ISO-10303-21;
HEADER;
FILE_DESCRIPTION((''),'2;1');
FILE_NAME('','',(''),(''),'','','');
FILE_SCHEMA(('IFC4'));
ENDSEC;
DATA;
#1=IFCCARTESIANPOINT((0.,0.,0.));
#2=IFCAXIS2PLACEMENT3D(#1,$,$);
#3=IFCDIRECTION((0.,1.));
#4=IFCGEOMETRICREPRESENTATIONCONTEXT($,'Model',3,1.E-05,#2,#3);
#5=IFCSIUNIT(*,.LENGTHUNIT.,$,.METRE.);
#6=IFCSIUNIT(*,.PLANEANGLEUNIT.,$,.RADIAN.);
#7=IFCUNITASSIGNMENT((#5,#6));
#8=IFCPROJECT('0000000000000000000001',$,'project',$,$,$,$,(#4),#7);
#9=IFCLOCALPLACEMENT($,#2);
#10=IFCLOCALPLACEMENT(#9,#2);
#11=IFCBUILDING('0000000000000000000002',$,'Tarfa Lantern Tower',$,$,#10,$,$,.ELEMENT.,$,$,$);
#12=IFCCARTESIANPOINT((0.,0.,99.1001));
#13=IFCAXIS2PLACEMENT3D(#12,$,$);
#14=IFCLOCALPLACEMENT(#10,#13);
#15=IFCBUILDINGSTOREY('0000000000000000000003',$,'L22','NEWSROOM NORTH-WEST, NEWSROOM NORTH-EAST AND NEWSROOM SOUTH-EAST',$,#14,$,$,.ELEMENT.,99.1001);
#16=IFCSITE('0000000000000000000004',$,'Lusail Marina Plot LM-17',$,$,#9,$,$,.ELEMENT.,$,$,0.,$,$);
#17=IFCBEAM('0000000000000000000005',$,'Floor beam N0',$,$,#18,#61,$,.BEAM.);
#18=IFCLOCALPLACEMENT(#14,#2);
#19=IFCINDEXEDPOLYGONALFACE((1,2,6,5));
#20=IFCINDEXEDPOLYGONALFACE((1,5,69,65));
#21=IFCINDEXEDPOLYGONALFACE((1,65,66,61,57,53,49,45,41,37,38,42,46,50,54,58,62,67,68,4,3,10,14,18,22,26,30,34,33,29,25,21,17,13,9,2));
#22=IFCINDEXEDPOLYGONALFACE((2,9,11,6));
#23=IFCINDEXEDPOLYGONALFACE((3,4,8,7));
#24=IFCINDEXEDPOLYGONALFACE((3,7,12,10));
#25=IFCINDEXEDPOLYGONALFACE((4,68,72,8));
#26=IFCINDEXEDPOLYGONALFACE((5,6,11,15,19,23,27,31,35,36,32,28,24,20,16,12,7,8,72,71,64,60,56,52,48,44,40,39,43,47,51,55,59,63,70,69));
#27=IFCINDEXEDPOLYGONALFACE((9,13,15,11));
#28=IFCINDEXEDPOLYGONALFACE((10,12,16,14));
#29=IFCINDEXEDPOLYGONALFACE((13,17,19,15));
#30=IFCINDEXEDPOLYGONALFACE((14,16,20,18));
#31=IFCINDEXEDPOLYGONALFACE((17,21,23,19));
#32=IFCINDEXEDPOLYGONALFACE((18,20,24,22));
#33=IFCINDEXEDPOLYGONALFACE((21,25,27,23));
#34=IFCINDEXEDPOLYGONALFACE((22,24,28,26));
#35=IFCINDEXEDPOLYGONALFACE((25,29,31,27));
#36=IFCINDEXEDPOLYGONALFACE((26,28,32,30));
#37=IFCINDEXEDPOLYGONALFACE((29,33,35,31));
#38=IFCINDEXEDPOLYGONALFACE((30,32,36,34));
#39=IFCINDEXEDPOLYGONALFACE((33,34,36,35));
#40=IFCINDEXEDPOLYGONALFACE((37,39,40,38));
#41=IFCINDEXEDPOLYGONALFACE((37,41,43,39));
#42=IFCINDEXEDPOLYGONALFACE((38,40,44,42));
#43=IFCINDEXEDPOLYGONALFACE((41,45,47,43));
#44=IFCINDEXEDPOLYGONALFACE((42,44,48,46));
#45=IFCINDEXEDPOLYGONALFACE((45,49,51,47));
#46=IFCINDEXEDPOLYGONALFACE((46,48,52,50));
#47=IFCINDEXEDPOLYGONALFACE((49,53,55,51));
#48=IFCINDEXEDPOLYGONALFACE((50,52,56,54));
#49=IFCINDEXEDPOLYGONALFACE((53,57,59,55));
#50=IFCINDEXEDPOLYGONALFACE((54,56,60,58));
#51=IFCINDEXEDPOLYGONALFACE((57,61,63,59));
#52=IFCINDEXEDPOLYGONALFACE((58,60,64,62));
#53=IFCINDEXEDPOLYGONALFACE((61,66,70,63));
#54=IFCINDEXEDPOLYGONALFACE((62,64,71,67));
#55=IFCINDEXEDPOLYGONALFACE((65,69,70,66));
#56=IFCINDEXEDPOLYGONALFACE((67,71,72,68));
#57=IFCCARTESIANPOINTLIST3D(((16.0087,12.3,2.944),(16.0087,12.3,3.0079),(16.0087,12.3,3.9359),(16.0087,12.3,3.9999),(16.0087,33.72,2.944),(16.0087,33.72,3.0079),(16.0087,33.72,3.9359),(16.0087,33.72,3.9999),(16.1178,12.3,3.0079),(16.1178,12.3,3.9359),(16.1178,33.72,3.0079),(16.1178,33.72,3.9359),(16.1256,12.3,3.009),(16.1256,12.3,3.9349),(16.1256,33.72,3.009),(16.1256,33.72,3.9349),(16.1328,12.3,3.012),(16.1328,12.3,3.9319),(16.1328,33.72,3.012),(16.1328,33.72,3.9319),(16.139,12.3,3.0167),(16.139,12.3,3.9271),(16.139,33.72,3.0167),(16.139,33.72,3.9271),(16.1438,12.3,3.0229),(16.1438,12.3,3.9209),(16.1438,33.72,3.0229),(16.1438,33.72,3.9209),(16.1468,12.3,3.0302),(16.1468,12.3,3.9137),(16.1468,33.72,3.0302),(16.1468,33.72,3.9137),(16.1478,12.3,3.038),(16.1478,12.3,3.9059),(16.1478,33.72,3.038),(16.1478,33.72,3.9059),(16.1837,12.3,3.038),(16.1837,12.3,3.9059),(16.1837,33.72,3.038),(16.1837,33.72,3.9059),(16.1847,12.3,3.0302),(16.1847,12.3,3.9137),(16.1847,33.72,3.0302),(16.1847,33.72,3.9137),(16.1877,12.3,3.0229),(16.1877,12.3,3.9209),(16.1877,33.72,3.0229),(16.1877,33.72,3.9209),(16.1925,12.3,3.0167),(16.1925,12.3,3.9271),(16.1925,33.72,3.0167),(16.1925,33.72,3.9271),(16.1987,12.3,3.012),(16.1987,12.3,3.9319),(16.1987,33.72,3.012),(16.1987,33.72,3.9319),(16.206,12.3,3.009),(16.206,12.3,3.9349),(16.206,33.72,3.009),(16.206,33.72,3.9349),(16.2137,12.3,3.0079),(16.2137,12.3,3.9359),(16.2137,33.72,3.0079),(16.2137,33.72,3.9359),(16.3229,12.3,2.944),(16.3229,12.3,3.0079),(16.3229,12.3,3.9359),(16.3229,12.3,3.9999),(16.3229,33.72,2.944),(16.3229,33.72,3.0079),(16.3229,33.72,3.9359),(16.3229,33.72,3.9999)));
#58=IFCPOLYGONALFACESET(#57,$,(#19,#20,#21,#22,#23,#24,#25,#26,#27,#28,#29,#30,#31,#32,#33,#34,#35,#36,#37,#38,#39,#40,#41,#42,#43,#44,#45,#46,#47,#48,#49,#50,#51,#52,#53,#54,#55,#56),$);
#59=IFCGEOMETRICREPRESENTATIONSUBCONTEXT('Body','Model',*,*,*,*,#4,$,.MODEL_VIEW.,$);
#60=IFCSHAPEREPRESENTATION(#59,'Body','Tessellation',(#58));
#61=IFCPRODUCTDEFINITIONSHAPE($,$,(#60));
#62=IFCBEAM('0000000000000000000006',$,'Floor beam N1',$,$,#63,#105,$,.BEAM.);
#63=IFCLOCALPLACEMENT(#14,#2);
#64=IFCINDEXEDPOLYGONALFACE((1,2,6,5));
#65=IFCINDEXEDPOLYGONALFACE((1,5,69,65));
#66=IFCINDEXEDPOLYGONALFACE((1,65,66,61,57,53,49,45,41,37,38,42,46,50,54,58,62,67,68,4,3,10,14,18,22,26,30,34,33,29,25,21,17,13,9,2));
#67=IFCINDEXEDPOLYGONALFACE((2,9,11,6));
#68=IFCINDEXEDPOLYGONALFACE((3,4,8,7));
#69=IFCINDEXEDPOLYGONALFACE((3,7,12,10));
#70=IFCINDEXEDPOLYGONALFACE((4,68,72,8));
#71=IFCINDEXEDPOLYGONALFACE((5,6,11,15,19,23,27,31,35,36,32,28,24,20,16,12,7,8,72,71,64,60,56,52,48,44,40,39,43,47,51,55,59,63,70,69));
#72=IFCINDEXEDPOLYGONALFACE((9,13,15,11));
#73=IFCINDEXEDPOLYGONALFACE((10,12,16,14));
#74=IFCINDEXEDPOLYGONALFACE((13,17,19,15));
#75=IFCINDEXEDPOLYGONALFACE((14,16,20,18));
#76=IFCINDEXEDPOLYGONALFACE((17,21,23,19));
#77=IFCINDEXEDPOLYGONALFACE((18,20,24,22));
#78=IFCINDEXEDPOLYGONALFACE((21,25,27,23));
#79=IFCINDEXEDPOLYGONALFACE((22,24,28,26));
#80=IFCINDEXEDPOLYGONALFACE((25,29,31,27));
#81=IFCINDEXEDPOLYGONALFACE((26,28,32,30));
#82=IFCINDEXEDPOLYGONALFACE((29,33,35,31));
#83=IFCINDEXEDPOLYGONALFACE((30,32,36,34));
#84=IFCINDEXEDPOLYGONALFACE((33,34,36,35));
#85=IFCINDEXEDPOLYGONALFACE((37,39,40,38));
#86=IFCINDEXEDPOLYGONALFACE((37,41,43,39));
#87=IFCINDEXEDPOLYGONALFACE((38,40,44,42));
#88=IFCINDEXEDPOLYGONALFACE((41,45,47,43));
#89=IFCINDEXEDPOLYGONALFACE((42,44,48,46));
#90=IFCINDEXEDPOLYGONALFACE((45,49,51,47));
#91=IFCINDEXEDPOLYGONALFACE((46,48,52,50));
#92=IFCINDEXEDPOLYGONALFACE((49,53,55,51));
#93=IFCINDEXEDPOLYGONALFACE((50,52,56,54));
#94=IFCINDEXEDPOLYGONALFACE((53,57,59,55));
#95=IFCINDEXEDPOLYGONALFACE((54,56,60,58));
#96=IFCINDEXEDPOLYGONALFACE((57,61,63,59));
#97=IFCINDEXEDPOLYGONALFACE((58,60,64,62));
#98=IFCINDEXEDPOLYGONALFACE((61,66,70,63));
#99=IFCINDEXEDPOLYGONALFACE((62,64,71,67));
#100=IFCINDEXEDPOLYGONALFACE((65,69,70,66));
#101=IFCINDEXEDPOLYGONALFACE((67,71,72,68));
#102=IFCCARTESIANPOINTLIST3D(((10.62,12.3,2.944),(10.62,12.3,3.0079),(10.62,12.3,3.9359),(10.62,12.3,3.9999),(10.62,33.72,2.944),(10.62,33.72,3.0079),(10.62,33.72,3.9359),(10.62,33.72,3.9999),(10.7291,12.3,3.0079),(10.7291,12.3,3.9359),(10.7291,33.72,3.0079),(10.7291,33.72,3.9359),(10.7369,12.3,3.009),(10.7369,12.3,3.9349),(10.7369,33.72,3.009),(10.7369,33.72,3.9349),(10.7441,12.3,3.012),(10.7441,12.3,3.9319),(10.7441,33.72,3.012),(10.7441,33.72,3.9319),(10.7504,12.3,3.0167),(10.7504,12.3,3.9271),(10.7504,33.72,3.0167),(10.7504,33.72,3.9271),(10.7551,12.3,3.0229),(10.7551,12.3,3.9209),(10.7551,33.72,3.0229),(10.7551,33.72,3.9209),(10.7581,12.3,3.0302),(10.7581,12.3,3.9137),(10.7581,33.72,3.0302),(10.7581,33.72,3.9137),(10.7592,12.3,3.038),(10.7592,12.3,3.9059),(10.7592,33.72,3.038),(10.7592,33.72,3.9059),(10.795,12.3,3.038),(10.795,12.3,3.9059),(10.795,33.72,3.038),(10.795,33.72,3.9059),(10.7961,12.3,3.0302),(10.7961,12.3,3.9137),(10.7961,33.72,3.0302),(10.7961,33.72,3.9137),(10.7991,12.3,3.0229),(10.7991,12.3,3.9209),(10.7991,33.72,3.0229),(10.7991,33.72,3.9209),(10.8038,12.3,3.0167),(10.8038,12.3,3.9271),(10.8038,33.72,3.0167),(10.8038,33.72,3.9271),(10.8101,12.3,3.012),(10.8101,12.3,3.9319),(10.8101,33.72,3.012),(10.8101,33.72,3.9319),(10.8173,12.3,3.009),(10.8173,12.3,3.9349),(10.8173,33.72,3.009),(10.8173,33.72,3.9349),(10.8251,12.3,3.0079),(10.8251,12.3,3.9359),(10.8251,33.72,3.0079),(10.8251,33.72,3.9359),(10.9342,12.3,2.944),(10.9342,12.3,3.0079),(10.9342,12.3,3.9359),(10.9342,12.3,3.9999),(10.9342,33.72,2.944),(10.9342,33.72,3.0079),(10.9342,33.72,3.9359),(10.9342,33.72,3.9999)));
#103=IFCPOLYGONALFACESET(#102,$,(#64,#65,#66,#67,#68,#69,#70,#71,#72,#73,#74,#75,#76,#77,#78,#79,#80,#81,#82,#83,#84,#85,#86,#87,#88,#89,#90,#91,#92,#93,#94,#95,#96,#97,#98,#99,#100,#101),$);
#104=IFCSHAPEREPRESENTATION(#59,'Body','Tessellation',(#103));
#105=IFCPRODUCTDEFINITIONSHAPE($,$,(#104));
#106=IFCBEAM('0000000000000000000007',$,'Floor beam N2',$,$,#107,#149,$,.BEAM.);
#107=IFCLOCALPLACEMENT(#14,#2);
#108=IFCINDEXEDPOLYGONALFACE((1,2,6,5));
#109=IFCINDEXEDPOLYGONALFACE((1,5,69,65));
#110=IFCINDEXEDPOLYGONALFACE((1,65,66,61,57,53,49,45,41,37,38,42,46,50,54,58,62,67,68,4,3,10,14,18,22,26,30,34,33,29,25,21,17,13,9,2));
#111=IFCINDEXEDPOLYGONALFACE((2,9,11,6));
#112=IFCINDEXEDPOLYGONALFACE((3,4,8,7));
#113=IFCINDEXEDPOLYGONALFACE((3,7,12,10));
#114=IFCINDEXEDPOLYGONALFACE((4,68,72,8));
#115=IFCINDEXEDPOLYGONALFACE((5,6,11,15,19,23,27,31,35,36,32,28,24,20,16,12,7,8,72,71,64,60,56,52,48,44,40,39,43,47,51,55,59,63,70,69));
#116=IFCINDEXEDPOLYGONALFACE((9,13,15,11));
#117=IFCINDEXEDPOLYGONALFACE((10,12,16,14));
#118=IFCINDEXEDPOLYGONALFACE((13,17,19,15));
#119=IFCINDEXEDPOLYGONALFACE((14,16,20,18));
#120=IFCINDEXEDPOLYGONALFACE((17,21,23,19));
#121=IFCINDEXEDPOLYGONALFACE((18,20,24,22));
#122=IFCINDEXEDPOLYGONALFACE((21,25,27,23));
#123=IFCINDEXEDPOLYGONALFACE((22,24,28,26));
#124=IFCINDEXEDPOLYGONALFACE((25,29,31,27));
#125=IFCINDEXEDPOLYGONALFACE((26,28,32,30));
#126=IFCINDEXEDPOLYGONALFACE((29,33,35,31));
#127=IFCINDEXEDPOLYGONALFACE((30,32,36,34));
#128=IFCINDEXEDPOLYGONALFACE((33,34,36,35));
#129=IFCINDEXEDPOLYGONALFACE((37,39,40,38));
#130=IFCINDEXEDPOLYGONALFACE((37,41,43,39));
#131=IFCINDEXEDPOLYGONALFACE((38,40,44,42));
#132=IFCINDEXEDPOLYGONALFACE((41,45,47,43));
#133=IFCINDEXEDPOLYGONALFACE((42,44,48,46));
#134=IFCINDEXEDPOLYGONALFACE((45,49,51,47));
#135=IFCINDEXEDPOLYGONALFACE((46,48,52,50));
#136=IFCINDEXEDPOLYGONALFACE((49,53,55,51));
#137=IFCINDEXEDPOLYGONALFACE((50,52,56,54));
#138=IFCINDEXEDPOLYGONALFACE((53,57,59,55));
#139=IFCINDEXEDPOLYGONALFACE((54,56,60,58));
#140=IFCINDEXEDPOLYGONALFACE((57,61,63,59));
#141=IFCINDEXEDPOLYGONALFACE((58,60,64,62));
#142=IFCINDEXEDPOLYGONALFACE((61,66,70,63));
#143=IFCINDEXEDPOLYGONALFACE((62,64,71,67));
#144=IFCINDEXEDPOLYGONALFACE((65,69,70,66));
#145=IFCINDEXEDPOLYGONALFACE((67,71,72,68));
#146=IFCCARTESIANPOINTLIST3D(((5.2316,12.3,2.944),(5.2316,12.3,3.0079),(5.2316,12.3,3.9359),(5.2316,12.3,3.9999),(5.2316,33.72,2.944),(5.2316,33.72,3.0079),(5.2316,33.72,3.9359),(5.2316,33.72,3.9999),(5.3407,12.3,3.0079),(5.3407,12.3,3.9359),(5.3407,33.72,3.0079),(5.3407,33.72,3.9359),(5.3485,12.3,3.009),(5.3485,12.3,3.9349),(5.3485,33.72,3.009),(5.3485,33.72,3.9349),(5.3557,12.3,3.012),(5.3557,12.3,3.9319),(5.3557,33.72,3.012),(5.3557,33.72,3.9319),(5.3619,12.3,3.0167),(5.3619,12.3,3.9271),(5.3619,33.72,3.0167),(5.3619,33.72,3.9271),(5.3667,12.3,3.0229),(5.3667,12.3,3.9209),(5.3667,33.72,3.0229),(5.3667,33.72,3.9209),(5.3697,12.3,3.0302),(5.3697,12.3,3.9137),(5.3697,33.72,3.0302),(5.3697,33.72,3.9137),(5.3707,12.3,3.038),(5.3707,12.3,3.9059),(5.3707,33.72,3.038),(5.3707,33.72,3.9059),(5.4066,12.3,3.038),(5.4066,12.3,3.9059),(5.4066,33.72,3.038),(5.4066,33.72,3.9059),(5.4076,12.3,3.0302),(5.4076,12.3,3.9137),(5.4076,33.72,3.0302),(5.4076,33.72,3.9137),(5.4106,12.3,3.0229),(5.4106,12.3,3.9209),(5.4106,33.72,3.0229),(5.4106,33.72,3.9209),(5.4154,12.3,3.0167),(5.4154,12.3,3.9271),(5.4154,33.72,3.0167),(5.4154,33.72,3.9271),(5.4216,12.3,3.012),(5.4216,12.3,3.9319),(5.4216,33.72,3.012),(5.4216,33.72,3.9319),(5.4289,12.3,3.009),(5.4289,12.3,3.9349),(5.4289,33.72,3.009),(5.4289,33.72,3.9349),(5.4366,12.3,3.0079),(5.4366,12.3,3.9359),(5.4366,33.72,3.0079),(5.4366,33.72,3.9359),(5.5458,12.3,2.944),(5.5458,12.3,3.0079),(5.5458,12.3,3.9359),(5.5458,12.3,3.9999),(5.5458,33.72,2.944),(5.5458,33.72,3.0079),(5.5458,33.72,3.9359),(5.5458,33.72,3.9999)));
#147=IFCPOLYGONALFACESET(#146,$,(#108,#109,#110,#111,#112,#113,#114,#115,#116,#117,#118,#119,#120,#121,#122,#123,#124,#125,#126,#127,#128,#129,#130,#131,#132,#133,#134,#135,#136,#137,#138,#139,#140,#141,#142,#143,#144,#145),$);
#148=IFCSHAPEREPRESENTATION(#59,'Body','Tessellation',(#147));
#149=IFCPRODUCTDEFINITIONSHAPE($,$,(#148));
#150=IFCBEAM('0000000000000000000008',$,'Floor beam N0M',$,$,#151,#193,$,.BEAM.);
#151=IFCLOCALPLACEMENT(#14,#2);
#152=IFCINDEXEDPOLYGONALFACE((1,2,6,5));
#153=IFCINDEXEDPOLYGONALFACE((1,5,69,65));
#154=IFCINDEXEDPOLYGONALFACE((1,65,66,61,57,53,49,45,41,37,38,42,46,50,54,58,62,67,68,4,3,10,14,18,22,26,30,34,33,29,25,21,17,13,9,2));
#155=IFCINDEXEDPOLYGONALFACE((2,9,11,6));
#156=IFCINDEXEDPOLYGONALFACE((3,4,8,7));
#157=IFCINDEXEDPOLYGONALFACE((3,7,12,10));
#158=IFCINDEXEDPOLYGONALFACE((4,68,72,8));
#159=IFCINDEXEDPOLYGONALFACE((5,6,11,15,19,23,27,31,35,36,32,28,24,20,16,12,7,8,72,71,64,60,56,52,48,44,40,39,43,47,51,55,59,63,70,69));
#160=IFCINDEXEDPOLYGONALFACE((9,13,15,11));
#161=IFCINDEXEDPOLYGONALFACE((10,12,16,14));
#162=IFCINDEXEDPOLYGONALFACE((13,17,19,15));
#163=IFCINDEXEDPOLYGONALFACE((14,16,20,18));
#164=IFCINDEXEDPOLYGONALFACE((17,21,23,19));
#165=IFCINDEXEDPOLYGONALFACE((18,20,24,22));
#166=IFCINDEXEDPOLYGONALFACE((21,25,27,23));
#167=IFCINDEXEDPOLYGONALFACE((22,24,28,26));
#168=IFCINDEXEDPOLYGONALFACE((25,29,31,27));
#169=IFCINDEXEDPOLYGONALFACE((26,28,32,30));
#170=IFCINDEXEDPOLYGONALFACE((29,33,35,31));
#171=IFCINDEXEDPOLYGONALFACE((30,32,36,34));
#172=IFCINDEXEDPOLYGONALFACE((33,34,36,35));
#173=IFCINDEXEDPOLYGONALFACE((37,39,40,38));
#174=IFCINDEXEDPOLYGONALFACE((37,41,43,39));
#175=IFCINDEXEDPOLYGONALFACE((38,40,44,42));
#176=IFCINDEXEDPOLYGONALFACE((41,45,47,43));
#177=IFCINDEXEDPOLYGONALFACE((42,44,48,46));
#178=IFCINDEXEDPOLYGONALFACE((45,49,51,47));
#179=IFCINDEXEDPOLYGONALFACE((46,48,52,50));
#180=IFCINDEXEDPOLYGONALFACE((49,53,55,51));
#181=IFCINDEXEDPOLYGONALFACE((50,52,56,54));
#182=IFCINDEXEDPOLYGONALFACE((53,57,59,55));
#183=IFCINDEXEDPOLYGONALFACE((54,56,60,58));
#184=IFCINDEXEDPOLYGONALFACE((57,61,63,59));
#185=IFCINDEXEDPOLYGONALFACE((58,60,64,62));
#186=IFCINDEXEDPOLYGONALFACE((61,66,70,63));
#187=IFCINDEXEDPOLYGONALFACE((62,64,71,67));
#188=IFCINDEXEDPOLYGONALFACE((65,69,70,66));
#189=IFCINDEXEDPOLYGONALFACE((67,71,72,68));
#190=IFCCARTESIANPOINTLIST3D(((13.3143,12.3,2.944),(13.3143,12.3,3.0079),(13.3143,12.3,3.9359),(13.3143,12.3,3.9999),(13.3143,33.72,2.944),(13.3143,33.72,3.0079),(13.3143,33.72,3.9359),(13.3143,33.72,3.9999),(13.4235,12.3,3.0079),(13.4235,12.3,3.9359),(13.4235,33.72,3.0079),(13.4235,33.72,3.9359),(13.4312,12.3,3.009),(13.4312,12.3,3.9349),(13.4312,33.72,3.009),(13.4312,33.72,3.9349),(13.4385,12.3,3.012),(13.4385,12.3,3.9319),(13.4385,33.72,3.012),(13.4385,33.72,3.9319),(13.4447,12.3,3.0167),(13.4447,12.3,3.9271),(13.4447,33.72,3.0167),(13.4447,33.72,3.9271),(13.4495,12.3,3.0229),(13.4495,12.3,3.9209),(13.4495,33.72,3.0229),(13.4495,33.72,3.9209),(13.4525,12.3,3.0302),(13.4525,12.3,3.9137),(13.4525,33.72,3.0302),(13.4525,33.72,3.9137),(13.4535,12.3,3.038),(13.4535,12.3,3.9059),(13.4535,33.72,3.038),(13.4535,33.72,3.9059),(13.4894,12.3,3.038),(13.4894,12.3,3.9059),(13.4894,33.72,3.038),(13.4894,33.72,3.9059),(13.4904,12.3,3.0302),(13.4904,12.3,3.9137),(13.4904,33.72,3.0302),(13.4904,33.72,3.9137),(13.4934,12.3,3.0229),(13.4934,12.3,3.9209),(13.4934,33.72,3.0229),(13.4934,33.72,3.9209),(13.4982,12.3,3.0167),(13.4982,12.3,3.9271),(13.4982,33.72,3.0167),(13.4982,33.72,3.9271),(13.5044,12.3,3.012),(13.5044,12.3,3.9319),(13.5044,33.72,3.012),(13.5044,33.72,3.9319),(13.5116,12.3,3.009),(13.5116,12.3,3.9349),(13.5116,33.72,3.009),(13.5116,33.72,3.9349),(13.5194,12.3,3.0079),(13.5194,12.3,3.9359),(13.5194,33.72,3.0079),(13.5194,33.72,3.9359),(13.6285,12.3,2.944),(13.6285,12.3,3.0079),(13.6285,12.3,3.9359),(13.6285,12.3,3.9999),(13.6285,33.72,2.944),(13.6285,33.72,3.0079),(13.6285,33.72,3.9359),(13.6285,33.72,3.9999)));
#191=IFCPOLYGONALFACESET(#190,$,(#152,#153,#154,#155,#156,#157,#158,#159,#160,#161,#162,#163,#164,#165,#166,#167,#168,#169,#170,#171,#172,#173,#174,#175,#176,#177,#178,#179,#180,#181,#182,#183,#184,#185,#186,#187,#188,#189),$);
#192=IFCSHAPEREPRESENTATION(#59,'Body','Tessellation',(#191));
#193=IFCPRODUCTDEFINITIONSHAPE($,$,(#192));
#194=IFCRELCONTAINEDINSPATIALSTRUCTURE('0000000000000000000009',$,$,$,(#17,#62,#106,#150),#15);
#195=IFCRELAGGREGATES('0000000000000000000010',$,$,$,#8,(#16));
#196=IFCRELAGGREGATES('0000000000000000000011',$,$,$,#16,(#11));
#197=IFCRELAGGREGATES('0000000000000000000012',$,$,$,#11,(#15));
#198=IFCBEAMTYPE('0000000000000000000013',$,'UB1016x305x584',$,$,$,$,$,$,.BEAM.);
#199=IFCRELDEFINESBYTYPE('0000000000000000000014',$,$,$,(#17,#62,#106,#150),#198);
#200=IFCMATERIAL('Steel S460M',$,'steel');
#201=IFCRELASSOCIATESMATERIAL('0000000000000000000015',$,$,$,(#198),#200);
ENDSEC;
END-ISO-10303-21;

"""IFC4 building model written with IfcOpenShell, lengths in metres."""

from ifc_helpers import new_model, si_unit, direction, frame, origin, origin_2d, place, context, subcontext, project, spatial, i_section, extrude, material, material_profile, profile_set, type_object, element, save


model = new_model("IFC4")

# Units and contexts
model_context = context("Model", 3, precision=1e-05, world=origin(), true_north=direction((0.0, 1.0)))
body_context = subcontext(model_context, "Body", "Model", "MODEL_VIEW")
ifc_project = project(units=[si_unit("LENGTHUNIT", "METRE"), si_unit("PLANEANGLEUNIT", "RADIAN")], contexts=[model_context])

# Site, building, storey
site_placement = place(None, origin())
site = spatial("IfcSite", under=ifc_project, at=site_placement, Name="Lusail Marina Plot LM-17", CompositionType="ELEMENT", RefElevation=0.0)
building_placement = place(site_placement, origin())
building = spatial("IfcBuilding", under=site, at=building_placement, Name="Tarfa Lantern Tower", CompositionType="ELEMENT")
storey_placement = place(building_placement, frame((0.0, 0.0, 99.1001)))
storey = spatial("IfcBuildingStorey", under=building, at=storey_placement, Name="L22", Description="NEWSROOM NORTH-WEST, NEWSROOM NORTH-EAST AND NEWSROOM SOUTH-EAST", CompositionType="ELEMENT", Elevation=99.1001)

# Beams
ifc_material_1 = material(Name="Steel S460M", Category="steel")
ifc_material_profile_1 = material_profile(ifc_material_1, i_section(OverallWidth=0.3142, OverallDepth=1.0559, WebThickness=0.0359, FlangeThickness=0.064, FilletRadius=0.03, at=origin_2d()), Name="UB1016x305x584")
ifc_profile_set_1 = profile_set([ifc_material_profile_1], Name="Steel S460M")
beam_type_1 = type_object("IfcBeamType", Name="UB1016x305x584", PredefinedType="BEAM", material=ifc_profile_set_1)
for number, where, z_axis, x_axis, name in (
    (1, (16.1658, 33.72, 3.4719), (0.0, -1.0, 0.0), (1.0, 0.0, 0.0), "Floor beam N0"),
    (2, (10.7771, 33.72, 3.4719), (0.0, -1.0, 0.0), (1.0, 0.0, 0.0), "Floor beam N1"),
    (3, (5.3887, 33.72, 3.4719), (0.0, -1.0, 0.0), (1.0, 0.0, 0.0), "Floor beam N2"),
    (4, (13.4714, 33.72, 3.4719), (0.0, -1.0, 0.0), (1.0, 0.0, 0.0), "Floor beam N0M"),
):
    element("IfcBeam", number, at=place(storey_placement, frame(where, z_axis=z_axis, x_axis=x_axis)), inside=storey, type_object=beam_type_1, Name=name, PredefinedType="BEAM", context=body_context, shape_type="SweptSolid", body=[
        extrude(i_section(OverallWidth=0.3142, OverallDepth=1.0559, WebThickness=0.0359, FlangeThickness=0.064, FilletRadius=0.03, at=origin_2d()), origin(), (0.0, 0.0, 1.0), 21.4199),
    ])

save(model, "model.ifc")
